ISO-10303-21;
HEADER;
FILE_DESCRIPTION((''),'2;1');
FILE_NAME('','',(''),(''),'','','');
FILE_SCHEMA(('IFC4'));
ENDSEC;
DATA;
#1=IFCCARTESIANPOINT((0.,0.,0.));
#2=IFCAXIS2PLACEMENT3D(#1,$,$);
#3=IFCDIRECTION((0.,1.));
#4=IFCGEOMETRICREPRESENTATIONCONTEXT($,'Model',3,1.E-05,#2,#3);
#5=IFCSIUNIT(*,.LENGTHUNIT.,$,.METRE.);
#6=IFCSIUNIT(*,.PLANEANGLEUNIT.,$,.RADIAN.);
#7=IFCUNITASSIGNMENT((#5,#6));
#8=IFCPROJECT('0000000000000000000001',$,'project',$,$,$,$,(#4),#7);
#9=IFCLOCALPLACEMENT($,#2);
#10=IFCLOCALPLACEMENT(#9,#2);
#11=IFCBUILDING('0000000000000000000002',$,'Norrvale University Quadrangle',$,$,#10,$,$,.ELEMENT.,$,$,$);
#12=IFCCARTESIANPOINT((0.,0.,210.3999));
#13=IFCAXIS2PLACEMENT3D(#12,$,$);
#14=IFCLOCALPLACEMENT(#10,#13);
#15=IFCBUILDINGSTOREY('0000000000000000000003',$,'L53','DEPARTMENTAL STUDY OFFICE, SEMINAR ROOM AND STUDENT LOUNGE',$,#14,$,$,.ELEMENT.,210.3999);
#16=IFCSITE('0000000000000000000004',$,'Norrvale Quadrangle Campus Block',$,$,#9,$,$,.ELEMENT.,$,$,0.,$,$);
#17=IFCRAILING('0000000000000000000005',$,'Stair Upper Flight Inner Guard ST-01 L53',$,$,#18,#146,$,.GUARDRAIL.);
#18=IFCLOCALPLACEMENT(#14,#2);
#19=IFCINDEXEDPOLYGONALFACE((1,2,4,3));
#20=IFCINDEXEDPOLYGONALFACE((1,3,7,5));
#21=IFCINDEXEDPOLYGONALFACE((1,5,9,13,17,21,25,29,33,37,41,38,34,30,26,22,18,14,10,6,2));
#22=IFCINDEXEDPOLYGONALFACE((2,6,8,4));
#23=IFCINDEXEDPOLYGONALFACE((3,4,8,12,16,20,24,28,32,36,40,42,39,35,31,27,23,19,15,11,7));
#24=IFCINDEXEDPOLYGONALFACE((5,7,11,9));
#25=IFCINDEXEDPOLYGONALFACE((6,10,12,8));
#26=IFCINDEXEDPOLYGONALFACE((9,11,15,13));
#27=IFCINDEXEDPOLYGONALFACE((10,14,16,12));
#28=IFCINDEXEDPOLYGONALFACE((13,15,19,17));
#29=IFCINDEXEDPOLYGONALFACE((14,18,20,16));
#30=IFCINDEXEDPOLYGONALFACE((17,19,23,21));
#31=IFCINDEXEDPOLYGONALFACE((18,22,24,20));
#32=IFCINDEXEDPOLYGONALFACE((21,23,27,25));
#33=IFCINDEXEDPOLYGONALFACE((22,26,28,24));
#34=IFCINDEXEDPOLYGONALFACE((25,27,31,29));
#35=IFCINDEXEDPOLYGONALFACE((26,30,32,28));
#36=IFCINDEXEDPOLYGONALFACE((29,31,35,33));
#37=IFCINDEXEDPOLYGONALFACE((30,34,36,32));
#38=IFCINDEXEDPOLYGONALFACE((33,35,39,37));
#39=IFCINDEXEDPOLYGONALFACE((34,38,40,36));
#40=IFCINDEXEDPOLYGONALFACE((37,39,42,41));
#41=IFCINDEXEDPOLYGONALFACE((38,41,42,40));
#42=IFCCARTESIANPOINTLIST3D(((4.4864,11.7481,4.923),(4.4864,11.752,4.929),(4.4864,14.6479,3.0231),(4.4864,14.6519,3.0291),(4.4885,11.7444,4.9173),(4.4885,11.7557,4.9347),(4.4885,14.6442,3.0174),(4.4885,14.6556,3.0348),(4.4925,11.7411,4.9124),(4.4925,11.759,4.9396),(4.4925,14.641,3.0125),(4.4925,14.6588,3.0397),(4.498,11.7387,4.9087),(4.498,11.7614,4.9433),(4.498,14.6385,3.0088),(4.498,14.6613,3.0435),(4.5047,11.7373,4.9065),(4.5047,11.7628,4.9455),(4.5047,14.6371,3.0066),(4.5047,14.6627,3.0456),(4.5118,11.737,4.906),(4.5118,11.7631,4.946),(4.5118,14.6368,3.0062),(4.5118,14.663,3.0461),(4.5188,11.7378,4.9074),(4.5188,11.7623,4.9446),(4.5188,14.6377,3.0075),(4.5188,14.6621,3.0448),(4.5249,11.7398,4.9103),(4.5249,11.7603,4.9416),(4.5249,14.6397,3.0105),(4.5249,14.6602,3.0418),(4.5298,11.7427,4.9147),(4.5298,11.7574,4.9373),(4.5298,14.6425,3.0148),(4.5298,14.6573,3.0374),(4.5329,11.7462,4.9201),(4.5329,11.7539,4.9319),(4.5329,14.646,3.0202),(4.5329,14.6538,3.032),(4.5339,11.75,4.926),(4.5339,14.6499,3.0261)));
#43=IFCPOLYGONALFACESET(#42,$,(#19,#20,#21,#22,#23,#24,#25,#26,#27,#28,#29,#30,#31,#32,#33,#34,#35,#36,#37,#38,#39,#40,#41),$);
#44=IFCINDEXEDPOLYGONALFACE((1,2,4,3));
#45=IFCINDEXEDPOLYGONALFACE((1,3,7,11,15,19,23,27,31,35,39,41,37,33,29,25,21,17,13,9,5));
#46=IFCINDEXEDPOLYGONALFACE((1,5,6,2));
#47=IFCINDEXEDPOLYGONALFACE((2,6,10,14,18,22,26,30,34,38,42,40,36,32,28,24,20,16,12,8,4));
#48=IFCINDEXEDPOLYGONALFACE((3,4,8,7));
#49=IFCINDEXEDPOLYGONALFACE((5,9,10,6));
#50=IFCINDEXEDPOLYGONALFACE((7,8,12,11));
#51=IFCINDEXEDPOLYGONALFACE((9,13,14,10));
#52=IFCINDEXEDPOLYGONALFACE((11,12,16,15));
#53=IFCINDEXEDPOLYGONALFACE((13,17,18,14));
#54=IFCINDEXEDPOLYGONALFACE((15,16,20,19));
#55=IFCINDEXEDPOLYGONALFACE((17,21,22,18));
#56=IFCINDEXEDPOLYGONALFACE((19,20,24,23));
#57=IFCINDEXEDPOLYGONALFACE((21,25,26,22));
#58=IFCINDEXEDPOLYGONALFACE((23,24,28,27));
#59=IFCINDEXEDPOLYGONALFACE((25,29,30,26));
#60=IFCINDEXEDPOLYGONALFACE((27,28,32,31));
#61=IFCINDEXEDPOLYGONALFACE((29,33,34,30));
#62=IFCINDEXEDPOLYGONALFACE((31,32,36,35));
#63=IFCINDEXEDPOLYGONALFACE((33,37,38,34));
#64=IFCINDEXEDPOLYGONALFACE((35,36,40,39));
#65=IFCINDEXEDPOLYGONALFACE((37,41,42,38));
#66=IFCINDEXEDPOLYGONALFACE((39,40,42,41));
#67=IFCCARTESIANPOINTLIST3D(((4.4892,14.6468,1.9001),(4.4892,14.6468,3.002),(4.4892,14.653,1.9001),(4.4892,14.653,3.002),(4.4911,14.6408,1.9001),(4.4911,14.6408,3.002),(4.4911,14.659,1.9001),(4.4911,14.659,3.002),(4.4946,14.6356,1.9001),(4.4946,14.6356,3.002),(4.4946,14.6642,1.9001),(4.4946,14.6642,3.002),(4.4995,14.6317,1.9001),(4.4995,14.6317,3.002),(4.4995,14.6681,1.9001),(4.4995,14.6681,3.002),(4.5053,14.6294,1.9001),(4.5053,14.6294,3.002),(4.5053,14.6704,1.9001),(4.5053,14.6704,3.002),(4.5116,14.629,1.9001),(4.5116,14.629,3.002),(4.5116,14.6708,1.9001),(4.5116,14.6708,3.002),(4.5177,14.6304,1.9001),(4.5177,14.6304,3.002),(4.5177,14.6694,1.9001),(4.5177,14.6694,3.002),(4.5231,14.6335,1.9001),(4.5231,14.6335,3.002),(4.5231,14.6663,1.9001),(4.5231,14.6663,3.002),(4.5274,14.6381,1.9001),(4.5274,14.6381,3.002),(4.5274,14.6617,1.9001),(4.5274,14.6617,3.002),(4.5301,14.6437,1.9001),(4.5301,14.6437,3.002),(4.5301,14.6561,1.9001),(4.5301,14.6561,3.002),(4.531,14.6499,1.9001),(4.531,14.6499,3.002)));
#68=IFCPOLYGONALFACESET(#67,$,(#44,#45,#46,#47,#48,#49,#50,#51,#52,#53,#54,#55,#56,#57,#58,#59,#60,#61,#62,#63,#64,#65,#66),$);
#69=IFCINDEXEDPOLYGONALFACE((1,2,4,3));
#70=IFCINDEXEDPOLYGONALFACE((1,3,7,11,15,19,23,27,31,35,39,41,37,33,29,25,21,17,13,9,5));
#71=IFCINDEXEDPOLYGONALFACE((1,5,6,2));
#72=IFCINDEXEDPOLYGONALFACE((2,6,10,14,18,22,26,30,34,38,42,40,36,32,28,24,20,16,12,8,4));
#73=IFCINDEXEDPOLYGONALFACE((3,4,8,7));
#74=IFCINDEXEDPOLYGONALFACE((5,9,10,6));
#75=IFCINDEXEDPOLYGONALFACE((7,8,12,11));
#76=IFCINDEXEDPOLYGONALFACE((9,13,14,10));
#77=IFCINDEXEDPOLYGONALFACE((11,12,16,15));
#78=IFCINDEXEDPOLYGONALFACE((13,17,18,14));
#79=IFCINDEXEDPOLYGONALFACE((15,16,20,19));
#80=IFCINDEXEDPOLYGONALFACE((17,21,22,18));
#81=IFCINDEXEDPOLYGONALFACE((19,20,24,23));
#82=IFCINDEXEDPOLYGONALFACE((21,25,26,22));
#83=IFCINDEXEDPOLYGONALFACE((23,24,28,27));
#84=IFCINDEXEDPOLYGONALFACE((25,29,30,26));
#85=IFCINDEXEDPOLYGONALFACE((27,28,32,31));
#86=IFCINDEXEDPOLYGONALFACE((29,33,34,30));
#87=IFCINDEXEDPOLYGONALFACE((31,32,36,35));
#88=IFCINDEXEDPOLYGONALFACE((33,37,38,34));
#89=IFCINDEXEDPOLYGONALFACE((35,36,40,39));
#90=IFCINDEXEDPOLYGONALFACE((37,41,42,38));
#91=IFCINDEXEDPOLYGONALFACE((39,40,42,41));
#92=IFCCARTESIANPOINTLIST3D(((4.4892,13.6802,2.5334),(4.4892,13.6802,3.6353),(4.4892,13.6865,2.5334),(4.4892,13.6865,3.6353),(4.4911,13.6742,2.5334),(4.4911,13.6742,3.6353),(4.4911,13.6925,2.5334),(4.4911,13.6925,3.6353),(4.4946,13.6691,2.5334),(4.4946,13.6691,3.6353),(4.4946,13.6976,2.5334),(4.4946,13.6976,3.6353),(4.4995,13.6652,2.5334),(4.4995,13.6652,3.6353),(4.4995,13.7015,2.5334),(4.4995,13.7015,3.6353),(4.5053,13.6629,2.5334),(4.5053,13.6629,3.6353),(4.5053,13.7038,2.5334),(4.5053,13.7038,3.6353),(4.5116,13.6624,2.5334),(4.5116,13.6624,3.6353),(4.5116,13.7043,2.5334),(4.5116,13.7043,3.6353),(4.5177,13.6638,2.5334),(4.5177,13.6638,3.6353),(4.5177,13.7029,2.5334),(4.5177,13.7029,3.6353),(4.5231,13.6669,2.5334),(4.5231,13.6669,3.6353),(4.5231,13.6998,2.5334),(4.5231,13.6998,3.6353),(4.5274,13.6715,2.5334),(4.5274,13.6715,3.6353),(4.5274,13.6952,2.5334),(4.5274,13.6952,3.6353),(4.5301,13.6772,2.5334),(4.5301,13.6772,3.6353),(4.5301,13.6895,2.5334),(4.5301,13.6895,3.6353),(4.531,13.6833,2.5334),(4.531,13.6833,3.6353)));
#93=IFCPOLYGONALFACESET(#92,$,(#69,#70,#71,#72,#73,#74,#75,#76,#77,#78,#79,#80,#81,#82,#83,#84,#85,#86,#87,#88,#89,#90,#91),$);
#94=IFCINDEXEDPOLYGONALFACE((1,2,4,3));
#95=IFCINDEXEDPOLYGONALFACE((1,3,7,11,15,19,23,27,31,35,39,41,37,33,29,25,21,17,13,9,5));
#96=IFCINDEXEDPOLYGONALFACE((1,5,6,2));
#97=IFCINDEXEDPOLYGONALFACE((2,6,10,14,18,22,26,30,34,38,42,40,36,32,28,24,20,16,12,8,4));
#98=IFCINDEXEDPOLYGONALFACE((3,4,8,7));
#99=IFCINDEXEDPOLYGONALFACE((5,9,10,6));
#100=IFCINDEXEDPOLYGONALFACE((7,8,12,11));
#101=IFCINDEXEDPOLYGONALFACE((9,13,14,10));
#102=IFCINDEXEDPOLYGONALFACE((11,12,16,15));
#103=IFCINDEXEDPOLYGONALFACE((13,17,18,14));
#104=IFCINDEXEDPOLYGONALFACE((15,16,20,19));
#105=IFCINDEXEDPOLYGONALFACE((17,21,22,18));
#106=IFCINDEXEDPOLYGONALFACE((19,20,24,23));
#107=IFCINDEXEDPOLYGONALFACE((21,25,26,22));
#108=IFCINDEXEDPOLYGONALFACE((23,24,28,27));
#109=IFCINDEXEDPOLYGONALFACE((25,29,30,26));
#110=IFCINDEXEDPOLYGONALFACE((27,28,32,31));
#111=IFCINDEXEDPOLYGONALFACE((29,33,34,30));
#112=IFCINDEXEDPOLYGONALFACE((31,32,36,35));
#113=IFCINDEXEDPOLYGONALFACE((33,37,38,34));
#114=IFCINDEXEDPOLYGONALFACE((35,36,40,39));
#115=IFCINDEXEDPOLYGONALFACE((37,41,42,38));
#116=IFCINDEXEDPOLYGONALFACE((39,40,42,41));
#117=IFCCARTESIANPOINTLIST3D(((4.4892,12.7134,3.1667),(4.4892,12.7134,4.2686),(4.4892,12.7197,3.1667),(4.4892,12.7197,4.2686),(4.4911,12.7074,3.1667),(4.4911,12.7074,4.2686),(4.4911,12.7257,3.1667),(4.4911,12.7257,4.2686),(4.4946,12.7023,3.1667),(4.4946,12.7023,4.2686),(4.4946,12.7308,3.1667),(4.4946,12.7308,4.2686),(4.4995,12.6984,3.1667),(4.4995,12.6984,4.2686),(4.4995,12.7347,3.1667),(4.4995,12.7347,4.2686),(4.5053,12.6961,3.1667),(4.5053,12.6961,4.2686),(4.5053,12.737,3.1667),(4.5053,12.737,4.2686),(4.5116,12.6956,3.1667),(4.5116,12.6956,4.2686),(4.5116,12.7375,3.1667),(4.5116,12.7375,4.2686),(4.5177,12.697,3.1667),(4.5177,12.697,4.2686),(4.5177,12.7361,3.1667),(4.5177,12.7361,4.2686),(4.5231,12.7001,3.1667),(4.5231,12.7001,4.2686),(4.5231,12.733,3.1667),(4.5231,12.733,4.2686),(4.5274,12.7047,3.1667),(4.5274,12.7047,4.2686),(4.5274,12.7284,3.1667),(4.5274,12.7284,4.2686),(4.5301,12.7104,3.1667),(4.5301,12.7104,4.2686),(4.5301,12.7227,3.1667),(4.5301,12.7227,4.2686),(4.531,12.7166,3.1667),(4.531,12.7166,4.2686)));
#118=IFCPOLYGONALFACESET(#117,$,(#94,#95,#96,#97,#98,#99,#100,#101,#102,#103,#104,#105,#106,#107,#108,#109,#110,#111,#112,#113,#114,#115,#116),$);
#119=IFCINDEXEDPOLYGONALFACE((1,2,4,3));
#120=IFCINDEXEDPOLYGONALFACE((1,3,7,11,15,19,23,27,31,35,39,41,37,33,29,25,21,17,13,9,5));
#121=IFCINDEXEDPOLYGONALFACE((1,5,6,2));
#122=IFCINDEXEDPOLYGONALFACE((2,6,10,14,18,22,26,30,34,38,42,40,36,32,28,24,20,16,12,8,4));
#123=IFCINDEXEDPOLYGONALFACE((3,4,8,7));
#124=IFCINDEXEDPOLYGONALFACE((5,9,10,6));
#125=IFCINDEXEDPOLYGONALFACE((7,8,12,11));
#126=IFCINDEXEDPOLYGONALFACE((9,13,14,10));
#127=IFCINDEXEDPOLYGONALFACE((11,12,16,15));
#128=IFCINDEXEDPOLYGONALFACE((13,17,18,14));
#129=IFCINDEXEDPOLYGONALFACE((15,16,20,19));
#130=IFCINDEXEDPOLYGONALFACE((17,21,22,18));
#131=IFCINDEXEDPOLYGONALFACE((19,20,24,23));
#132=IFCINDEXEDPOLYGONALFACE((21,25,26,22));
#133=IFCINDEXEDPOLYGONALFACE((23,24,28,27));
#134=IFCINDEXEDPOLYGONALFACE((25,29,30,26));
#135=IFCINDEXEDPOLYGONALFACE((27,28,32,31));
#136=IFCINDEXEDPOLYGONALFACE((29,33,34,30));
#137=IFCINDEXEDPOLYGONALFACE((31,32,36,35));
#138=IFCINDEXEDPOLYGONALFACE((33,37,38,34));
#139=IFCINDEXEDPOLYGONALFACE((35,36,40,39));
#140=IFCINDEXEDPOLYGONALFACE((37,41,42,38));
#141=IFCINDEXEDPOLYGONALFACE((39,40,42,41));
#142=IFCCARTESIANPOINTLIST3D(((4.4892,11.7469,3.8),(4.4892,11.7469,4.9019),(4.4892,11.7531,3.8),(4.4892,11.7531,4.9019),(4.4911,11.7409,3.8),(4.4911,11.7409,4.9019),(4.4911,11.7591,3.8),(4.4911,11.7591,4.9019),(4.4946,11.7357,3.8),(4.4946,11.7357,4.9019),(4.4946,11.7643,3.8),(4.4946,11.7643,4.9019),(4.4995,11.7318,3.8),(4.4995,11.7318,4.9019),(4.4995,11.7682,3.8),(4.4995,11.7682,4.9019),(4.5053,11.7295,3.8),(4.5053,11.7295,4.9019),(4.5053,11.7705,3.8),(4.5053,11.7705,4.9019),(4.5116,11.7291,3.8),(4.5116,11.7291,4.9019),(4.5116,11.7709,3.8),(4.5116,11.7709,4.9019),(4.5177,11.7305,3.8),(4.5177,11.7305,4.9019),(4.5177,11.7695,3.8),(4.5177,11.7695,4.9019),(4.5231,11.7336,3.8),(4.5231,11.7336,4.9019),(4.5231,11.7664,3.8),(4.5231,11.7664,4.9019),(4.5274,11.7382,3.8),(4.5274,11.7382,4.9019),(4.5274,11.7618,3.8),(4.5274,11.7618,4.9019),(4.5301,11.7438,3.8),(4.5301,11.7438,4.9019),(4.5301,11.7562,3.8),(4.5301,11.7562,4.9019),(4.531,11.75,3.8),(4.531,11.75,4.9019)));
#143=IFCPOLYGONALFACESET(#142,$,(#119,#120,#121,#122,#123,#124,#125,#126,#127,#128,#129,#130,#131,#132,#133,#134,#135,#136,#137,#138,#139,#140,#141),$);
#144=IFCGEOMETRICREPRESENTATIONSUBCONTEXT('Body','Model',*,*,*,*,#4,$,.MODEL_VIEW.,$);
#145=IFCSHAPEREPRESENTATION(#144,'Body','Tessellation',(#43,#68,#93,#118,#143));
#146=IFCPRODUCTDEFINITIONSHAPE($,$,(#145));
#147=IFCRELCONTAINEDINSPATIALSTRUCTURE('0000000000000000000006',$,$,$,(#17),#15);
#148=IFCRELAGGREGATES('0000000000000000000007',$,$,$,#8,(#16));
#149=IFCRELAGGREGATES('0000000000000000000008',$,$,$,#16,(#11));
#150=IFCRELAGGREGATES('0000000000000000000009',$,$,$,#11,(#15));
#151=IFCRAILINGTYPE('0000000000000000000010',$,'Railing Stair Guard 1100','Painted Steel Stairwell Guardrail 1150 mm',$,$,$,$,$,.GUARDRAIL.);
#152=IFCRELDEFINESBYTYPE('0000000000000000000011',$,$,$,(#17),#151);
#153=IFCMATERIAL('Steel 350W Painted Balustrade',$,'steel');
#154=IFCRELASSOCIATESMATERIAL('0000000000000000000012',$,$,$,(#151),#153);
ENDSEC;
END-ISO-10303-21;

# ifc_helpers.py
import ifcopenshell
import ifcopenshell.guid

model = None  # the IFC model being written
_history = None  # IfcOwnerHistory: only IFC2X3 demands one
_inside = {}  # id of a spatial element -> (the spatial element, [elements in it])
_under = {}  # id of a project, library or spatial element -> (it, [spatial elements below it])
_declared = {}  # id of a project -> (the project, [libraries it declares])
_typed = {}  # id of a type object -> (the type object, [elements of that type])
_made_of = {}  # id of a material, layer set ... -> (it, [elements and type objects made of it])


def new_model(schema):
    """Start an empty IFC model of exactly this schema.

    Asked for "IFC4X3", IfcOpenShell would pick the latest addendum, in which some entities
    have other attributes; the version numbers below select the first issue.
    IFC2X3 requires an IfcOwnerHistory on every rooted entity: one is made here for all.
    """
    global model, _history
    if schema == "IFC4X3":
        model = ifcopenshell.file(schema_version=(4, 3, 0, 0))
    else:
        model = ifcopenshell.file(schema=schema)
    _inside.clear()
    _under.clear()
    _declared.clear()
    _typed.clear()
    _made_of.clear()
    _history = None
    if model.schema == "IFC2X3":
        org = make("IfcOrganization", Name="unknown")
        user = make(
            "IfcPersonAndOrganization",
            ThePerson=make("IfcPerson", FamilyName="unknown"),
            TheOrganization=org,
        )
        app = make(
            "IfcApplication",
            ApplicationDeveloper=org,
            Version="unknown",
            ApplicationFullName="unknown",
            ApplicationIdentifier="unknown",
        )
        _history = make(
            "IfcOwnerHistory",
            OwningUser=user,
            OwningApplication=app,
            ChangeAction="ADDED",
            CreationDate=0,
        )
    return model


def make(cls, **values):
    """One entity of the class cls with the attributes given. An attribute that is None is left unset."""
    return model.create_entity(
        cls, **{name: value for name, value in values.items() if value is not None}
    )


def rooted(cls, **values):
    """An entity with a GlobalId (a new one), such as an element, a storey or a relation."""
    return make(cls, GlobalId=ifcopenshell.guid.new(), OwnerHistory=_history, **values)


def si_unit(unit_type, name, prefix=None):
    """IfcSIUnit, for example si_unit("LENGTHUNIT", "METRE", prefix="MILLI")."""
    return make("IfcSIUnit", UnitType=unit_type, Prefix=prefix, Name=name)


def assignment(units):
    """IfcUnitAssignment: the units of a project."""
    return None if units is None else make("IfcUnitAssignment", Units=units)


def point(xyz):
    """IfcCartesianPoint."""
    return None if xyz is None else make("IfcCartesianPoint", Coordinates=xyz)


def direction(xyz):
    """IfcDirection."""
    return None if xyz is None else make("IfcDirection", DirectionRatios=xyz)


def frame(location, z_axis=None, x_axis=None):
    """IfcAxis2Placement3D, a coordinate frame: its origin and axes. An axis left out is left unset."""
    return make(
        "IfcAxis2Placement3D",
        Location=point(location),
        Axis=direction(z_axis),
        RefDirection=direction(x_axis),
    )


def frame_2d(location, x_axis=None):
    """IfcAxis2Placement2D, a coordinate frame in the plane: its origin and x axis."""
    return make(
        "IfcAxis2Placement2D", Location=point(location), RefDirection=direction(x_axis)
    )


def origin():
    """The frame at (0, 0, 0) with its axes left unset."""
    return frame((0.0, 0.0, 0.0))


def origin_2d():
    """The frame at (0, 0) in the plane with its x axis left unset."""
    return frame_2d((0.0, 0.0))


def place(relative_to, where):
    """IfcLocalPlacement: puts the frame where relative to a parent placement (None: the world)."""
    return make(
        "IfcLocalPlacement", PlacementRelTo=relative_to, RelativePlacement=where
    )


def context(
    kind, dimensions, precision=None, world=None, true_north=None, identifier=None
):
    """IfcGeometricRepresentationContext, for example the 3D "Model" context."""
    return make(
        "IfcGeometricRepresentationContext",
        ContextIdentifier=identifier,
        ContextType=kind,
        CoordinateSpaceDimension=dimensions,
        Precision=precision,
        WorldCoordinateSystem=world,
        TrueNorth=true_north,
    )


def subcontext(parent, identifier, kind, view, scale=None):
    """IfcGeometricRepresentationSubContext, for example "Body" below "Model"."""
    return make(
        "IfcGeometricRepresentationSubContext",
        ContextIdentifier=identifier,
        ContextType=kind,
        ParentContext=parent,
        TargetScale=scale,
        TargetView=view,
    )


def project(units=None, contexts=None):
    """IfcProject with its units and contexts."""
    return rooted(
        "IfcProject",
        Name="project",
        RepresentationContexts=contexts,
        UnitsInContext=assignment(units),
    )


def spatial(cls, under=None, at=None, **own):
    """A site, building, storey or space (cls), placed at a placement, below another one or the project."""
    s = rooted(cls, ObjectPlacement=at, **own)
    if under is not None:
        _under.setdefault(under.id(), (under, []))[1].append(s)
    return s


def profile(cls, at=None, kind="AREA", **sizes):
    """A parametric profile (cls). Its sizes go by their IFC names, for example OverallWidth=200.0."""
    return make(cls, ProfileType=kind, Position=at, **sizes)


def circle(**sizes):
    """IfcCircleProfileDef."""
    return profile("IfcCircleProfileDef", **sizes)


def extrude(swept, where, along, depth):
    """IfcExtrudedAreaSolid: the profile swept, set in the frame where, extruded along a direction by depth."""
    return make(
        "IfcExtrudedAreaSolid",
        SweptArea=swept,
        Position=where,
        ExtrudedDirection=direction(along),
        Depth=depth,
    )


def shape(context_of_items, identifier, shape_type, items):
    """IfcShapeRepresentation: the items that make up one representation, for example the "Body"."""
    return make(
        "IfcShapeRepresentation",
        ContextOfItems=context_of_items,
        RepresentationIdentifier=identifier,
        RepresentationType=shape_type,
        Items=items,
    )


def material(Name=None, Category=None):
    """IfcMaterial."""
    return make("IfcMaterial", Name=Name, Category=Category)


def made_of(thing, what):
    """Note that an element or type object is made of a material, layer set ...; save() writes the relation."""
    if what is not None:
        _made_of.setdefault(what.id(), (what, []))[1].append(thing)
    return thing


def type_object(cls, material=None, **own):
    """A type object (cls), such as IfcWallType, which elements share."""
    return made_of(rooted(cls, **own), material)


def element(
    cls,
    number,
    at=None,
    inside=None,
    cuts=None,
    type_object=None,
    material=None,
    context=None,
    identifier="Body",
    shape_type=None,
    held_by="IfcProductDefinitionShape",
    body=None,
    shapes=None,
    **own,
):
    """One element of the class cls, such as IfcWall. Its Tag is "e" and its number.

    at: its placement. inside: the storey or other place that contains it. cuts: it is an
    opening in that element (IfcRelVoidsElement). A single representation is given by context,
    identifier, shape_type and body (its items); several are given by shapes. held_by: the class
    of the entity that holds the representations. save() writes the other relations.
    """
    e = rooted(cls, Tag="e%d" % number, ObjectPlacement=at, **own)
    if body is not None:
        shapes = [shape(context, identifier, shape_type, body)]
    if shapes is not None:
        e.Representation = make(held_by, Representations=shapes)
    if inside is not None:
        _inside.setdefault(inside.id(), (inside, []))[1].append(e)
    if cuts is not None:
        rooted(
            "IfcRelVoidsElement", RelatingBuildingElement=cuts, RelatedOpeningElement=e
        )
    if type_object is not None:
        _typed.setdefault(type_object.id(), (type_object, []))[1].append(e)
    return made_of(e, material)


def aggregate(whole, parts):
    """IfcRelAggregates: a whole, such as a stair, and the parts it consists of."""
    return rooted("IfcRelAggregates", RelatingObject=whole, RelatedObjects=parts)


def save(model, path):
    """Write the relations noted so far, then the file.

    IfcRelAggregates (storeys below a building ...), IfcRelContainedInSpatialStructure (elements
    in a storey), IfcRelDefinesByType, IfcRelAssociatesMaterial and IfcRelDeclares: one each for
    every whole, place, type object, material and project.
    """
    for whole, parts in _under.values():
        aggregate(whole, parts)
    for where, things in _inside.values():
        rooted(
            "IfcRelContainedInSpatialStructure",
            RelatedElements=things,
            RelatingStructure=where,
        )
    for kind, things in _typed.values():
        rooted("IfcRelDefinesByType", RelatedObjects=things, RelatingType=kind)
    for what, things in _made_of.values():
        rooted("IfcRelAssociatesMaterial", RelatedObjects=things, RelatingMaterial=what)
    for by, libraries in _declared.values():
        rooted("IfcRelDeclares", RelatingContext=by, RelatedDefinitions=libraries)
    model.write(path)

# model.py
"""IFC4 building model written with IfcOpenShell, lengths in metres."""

from ifc_helpers import new_model, si_unit, direction, frame, origin, origin_2d, place, context, subcontext, project, spatial, circle, extrude, material, type_object, element, save


model = new_model("IFC4")

# Units and contexts
model_context = context("Model", 3, precision=1e-05, world=origin(), true_north=direction((0.0, 1.0)))
body_context = subcontext(model_context, "Body", "Model", "MODEL_VIEW")
ifc_project = project(units=[si_unit("LENGTHUNIT", "METRE"), si_unit("PLANEANGLEUNIT", "RADIAN")], contexts=[model_context])

# Site, building, storey
site_placement = place(None, origin())
site = spatial("IfcSite", under=ifc_project, at=site_placement, Name="Norrvale Quadrangle Campus Block", CompositionType="ELEMENT", RefElevation=0.0)
building_placement = place(site_placement, origin())
building = spatial("IfcBuilding", under=site, at=building_placement, Name="Norrvale University Quadrangle", CompositionType="ELEMENT")
storey_placement = place(building_placement, frame((0.0, 0.0, 210.3999)))
storey = spatial("IfcBuildingStorey", under=building, at=storey_placement, Name="L53", Description="DEPARTMENTAL STUDY OFFICE, SEMINAR ROOM AND STUDENT LOUNGE", CompositionType="ELEMENT", Elevation=210.3999)

# Railing
ifc_material_1 = material(Name="Steel 350W Painted Balustrade", Category="steel")
railing_type_1 = type_object("IfcRailingType", Name="Railing Stair Guard 1100", Description="Painted Steel Stairwell Guardrail 1150 mm", PredefinedType="GUARDRAIL", material=ifc_material_1)
railing_1_placement = place(storey_placement, frame((4.51, 14.6499, 1.9001)))
element("IfcRailing", 1, at=railing_1_placement, inside=storey, type_object=railing_type_1, Name="Stair Upper Flight Inner Guard ST-01 L53", PredefinedType="GUARDRAIL", context=body_context, shape_type="SweptSolid", body=[
    extrude(circle(Radius=0.0239, at=origin_2d()), frame((0.0, 0.0, 1.126), z_axis=(0.0, -0.836466, 0.548019), x_axis=(1.0, 0.0, 0.0)), (0.0, 0.0, 1.0), 3.4668),
    extrude(circle(Radius=0.021, at=origin_2d()), origin(), (0.0, 0.0, 1.0), 1.1018),
    extrude(circle(Radius=0.021, at=origin_2d()), frame((0.0, -0.9666, 0.6333)), (0.0, 0.0, 1.0), 1.1018),
    extrude(circle(Radius=0.021, at=origin_2d()), frame((0.0, -1.9333, 1.2666)), (0.0, 0.0, 1.0), 1.1018),
    extrude(circle(Radius=0.021, at=origin_2d()), frame((0.0, -2.8999, 1.8999)), (0.0, 0.0, 1.0), 1.1018),
])

save(model, "model.ifc")
